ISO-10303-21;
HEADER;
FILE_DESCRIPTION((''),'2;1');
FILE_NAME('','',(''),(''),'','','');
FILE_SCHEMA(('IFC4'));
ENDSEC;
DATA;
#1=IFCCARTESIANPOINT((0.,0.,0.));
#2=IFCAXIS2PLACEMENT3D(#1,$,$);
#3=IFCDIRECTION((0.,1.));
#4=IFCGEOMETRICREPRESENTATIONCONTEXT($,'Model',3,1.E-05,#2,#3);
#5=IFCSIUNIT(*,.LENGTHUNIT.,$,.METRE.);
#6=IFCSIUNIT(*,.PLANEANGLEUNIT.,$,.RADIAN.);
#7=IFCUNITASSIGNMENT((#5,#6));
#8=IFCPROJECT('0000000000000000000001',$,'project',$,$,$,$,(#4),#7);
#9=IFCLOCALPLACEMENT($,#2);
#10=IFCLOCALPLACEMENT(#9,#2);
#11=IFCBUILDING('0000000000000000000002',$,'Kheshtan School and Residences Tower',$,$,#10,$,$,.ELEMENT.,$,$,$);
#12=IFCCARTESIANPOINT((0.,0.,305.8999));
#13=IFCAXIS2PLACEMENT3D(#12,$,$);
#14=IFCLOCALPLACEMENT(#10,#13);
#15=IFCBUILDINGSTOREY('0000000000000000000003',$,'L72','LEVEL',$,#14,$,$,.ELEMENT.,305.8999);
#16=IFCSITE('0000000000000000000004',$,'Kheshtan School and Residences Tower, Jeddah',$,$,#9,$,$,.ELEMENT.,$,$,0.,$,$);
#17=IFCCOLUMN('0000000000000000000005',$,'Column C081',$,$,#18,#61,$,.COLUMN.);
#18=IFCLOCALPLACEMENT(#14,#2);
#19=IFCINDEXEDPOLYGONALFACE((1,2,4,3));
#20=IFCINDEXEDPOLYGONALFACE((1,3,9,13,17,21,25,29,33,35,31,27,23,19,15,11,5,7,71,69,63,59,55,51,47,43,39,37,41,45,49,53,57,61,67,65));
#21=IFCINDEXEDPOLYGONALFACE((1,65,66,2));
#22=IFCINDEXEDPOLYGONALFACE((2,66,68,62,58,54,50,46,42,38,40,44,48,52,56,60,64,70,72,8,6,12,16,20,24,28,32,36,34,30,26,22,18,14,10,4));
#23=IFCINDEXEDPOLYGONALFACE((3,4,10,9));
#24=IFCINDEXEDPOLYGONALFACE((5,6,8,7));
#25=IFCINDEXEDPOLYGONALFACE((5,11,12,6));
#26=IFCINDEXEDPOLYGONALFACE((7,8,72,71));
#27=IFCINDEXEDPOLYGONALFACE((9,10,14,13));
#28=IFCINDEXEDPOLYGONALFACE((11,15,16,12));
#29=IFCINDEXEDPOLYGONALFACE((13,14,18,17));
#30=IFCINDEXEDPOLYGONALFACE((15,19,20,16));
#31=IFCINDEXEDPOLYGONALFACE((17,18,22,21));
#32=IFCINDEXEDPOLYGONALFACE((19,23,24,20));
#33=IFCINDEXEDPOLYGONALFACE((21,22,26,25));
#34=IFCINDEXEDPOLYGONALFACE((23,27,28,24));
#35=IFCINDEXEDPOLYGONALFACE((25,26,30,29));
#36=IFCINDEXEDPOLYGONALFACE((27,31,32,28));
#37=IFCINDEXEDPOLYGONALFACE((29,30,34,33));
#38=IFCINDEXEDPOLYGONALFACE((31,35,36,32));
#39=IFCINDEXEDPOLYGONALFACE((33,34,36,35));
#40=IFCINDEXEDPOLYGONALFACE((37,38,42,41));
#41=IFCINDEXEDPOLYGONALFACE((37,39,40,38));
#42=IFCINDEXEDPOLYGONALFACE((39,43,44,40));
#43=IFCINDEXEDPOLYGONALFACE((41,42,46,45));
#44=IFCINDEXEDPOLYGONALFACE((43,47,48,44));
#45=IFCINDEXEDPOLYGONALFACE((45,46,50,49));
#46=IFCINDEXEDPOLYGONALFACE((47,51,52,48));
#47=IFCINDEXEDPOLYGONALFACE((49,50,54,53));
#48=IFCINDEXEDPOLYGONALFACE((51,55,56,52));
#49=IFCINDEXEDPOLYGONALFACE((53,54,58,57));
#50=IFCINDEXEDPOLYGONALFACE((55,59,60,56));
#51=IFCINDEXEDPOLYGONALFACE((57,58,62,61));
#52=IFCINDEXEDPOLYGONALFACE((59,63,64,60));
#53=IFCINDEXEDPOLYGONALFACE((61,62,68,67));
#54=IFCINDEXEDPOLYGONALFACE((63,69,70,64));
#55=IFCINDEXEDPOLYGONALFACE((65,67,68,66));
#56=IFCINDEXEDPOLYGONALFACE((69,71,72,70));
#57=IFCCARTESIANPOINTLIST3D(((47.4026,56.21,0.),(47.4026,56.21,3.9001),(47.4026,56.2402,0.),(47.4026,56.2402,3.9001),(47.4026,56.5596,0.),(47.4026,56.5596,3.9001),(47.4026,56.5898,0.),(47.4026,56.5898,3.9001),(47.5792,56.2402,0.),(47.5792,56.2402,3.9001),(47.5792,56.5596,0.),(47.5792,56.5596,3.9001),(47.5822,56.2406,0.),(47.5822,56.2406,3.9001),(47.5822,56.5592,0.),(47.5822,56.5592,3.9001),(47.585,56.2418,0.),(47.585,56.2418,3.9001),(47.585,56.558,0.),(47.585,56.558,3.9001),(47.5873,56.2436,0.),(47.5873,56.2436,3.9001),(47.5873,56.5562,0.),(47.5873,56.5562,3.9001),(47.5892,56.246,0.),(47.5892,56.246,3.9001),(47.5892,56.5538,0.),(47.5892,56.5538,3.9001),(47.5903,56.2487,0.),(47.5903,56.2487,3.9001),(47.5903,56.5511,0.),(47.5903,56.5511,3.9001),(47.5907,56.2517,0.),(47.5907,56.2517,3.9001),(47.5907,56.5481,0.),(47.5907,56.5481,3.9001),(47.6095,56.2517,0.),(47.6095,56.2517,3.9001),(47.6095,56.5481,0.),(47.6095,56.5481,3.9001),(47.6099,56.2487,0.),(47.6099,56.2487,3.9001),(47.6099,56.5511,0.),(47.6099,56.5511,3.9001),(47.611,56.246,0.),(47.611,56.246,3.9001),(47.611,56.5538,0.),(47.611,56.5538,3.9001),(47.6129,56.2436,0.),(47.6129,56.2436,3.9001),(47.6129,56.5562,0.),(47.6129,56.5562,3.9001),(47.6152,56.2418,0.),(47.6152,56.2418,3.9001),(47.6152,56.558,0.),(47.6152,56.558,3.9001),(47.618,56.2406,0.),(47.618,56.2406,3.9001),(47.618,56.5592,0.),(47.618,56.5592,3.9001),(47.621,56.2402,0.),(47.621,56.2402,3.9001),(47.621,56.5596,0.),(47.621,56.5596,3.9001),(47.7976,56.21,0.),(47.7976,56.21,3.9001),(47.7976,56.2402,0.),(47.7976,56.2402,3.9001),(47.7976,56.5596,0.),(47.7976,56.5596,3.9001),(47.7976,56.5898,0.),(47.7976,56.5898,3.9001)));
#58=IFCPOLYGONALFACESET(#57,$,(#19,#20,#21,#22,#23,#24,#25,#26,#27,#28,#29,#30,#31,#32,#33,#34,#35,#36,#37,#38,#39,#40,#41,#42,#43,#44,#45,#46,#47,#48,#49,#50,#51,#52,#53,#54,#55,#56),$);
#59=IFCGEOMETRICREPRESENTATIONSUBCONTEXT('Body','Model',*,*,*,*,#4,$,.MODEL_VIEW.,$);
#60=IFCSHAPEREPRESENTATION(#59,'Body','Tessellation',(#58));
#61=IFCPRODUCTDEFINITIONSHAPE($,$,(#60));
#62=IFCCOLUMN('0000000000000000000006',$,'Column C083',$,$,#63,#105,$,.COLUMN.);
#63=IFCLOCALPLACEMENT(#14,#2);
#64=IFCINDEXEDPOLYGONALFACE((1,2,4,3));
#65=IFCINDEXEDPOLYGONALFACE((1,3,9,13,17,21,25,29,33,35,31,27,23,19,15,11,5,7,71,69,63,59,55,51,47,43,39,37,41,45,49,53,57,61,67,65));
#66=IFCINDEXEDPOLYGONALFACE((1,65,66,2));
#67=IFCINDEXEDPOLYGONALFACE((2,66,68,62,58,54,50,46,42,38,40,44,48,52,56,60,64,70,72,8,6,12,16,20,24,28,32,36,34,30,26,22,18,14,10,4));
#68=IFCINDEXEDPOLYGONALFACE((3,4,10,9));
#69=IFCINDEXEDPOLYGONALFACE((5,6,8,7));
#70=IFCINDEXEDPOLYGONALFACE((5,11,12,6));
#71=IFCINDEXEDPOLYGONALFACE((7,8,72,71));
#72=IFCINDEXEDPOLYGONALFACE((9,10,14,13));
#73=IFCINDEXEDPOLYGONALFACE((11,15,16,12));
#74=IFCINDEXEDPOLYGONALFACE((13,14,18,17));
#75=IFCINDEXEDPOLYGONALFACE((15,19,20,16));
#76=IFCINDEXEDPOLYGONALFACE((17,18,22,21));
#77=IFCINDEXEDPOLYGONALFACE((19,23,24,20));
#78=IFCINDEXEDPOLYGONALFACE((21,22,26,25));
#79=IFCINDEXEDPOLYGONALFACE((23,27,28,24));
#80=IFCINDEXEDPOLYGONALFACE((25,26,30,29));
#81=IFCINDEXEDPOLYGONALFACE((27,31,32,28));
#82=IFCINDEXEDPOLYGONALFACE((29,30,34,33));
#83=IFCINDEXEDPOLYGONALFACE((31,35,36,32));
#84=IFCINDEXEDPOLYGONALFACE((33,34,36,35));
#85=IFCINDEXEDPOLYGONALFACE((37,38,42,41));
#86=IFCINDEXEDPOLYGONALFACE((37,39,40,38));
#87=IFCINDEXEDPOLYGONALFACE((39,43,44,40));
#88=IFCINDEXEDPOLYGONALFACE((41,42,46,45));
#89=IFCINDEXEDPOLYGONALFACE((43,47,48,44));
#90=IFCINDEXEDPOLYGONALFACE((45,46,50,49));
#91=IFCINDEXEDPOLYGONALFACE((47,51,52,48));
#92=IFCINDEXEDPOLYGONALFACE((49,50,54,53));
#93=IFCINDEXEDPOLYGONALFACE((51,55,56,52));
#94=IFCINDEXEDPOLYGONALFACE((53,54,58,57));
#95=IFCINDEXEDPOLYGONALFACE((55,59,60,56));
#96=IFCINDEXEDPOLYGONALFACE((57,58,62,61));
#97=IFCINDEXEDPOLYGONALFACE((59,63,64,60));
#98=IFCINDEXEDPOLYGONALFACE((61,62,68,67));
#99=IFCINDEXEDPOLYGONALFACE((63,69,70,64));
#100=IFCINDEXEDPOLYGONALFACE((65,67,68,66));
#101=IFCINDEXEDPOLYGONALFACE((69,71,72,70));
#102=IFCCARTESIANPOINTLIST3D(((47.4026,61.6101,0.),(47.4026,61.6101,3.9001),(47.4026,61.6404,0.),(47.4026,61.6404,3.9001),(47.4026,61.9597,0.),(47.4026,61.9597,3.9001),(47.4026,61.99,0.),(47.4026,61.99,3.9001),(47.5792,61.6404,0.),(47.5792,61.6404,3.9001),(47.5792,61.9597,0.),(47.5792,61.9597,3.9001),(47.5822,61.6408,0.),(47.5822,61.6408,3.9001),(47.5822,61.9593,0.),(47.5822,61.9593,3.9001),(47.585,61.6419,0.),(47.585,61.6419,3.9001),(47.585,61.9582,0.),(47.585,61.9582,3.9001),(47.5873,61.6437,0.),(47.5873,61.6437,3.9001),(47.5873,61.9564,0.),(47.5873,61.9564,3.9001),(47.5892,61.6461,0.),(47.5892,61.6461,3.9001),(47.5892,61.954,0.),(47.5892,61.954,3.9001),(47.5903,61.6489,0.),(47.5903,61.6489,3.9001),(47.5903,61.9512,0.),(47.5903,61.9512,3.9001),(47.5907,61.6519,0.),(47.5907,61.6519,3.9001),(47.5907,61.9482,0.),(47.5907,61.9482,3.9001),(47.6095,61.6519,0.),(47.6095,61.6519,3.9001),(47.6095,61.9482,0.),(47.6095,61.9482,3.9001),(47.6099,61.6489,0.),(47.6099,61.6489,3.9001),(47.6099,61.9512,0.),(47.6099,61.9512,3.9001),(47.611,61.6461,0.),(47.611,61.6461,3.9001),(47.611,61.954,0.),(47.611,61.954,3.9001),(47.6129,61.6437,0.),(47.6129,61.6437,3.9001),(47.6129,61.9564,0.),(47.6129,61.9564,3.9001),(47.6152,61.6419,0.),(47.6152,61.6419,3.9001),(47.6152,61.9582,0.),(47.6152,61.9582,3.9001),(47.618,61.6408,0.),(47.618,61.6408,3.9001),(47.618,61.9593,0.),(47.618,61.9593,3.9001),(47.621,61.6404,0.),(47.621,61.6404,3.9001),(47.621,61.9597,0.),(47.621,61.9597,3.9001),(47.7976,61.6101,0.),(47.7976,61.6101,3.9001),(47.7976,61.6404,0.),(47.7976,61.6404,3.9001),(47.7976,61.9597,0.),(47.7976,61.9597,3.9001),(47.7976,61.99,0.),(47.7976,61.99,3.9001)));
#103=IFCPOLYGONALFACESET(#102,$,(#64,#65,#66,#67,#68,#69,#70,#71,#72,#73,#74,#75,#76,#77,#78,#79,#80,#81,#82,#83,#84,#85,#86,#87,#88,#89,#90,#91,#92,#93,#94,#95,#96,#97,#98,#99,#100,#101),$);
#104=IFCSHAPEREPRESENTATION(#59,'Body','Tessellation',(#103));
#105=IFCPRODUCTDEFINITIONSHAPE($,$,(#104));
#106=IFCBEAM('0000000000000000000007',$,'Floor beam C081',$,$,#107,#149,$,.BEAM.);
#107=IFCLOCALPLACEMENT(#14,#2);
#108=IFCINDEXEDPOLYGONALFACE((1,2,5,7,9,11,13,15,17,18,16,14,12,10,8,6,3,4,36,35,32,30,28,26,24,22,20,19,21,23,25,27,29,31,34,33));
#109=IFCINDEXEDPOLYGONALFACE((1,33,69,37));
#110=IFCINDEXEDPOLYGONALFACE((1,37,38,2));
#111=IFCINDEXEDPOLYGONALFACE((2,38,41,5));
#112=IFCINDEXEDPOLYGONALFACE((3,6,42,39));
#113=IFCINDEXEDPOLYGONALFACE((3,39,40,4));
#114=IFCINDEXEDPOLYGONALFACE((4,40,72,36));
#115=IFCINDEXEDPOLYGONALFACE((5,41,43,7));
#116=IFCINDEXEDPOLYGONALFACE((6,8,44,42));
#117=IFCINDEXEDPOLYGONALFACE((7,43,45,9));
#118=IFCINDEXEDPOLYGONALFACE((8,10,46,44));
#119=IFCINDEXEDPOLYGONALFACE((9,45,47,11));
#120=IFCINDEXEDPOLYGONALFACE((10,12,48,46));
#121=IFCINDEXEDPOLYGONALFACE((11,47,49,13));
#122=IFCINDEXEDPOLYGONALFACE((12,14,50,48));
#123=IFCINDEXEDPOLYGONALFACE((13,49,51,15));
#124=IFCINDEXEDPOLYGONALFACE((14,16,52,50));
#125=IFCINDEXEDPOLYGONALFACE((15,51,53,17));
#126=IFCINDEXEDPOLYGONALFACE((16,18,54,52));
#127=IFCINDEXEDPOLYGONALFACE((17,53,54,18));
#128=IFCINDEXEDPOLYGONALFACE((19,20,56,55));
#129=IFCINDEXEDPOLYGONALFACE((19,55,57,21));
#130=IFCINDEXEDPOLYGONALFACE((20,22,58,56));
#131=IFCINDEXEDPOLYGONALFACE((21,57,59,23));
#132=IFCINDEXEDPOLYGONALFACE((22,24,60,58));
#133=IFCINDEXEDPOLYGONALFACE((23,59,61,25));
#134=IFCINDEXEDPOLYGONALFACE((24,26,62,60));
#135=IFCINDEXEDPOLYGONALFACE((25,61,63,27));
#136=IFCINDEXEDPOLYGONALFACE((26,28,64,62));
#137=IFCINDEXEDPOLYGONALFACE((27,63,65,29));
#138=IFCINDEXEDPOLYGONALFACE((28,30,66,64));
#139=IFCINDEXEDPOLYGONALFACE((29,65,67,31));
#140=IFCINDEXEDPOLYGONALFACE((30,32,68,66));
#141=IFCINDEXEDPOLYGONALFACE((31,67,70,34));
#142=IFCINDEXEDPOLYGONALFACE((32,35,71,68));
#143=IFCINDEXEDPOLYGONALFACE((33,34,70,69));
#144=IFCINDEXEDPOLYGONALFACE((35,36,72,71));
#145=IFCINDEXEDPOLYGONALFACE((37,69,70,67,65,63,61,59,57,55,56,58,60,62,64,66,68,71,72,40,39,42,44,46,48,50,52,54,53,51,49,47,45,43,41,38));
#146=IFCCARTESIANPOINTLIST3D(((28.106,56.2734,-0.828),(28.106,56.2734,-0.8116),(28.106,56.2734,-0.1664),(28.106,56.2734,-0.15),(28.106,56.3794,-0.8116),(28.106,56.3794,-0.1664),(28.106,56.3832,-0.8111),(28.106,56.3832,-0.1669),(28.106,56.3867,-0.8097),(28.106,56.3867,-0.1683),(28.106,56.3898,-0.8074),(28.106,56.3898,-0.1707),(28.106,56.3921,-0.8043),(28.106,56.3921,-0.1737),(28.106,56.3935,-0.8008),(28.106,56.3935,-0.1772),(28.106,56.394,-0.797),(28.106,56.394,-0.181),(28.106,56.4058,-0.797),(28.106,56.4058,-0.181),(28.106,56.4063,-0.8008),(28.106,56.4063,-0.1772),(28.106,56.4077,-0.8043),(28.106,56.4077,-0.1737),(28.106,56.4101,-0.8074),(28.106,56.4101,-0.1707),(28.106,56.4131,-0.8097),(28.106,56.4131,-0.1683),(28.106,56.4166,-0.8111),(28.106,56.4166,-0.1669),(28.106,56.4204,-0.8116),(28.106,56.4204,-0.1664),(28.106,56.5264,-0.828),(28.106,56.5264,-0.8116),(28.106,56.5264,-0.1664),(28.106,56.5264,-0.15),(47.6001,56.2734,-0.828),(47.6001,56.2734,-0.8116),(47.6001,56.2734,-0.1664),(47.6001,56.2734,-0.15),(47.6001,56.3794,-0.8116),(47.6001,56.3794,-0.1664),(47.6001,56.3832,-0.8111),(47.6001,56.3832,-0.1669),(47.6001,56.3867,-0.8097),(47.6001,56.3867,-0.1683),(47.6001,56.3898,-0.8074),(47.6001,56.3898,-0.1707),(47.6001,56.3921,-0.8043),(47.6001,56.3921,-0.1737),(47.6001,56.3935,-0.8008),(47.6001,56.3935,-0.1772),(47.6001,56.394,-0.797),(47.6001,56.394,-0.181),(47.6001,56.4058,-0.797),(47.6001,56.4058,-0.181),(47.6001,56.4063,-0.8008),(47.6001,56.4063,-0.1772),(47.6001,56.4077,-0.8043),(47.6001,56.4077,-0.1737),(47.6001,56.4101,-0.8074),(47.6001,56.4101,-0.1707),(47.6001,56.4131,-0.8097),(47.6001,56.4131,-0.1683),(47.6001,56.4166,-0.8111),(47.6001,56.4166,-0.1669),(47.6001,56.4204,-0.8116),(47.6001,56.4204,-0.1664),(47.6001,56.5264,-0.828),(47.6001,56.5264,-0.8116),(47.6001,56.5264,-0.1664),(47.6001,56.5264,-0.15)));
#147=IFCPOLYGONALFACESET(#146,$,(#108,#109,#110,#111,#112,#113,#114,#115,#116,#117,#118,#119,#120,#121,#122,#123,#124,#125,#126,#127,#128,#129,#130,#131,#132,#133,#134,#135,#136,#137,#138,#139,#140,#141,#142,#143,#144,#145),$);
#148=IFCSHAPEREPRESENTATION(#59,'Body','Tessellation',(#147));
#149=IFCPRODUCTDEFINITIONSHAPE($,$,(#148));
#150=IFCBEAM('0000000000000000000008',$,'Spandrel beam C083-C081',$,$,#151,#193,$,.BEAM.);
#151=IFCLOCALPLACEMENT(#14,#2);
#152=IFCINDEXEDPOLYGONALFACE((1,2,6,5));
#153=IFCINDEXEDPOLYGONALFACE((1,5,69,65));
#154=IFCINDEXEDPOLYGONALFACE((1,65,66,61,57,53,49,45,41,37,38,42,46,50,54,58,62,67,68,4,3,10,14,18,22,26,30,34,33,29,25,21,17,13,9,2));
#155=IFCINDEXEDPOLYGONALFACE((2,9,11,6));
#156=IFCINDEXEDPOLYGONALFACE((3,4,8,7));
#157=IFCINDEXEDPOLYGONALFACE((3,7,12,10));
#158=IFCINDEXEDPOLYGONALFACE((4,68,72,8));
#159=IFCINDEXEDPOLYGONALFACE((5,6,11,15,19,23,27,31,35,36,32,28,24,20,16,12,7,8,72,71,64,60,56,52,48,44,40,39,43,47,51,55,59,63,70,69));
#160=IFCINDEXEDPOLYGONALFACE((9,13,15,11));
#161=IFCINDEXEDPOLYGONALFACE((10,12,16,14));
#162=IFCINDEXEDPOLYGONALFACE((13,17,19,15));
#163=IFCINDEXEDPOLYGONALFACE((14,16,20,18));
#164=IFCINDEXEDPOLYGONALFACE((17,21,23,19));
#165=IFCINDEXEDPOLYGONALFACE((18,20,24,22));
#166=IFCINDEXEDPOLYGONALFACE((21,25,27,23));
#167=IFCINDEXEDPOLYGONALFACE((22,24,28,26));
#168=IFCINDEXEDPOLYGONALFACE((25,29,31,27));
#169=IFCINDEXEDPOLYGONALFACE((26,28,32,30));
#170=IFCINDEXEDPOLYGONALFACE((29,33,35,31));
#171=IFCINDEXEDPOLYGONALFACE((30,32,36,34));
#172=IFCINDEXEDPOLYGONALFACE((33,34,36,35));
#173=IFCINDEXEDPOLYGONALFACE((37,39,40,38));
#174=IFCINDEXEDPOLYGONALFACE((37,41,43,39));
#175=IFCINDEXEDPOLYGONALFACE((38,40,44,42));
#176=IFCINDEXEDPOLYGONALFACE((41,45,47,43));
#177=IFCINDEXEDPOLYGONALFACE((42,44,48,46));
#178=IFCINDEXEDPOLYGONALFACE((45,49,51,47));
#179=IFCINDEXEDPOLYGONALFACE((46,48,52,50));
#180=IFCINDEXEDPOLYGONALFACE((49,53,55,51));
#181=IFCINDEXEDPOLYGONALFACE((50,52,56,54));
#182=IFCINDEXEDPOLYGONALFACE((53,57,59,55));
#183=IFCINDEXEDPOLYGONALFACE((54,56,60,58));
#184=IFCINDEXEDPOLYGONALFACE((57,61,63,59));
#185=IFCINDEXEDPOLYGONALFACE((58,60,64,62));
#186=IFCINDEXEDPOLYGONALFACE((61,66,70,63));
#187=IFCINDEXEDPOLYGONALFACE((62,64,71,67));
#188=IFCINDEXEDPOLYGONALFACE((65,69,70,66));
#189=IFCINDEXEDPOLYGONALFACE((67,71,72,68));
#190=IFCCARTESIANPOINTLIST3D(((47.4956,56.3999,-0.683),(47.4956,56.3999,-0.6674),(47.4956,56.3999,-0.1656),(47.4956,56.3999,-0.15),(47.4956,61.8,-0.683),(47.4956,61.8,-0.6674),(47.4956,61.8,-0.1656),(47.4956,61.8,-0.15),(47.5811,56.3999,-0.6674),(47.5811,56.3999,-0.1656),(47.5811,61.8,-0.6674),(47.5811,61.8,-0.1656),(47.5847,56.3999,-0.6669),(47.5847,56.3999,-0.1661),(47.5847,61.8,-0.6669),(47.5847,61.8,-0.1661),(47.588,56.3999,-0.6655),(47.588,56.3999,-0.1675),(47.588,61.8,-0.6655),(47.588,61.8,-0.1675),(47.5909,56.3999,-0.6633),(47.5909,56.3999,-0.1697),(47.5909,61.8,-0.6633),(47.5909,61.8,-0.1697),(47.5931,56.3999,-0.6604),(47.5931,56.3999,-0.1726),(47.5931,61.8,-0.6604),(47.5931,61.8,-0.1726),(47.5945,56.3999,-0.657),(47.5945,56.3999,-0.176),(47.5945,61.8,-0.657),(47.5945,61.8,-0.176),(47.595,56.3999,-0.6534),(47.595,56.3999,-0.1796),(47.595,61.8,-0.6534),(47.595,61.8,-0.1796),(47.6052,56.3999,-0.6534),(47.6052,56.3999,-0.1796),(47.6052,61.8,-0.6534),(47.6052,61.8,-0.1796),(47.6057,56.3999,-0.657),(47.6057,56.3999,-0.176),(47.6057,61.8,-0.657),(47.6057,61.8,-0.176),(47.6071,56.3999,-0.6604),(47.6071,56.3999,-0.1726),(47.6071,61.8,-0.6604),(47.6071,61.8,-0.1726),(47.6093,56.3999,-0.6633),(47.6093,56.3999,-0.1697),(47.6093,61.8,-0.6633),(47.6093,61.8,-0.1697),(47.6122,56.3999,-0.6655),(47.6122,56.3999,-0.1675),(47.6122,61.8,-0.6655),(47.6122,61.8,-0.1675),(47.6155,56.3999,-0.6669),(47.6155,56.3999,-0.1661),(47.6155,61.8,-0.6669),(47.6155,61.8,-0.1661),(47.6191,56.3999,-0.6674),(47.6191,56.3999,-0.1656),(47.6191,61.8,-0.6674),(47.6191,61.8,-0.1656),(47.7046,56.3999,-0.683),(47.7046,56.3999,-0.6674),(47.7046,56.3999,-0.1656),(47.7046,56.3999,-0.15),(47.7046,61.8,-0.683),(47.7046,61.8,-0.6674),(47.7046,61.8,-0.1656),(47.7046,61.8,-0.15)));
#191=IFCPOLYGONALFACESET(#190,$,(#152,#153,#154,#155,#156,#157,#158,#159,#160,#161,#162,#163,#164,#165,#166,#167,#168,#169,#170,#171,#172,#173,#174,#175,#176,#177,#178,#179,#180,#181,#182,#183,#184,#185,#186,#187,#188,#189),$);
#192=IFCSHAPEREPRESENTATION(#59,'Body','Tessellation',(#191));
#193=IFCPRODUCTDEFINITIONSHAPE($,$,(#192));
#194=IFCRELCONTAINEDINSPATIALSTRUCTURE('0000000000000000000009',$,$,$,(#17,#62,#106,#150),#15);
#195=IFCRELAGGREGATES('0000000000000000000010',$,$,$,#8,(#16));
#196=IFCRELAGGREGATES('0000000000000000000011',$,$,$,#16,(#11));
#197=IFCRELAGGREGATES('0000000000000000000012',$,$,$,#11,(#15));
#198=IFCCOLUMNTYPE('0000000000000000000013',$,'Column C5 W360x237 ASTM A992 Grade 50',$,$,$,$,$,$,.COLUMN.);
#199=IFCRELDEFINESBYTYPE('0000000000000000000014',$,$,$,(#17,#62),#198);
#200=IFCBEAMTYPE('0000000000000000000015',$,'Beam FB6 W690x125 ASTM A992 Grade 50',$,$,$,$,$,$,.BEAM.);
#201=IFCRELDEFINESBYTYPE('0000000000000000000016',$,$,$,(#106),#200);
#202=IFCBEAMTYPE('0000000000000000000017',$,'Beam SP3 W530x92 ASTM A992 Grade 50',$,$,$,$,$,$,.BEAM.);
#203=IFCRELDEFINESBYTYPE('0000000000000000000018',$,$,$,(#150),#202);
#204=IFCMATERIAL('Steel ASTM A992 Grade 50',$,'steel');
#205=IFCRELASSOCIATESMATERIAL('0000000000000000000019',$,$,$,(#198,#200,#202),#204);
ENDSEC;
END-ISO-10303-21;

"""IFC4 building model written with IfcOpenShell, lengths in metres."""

from ifc_helpers import new_model, si_unit, direction, frame, origin, origin_2d, place, context, subcontext, project, spatial, i_section, extrude, material, material_profile, profile_set, type_object, element, save


model = new_model("IFC4")

# Units and contexts
model_context = context("Model", 3, precision=1e-05, world=origin(), true_north=direction((0.0, 1.0)))
body_context = subcontext(model_context, "Body", "Model", "MODEL_VIEW")
ifc_project = project(units=[si_unit("LENGTHUNIT", "METRE"), si_unit("PLANEANGLEUNIT", "RADIAN")], contexts=[model_context])

# Site, building, storey
site_placement = place(None, origin())
site = spatial("IfcSite", under=ifc_project, at=site_placement, Name="Kheshtan School and Residences Tower, Jeddah", CompositionType="ELEMENT", RefElevation=0.0)
building_placement = place(site_placement, origin())
building = spatial("IfcBuilding", under=site, at=building_placement, Name="Kheshtan School and Residences Tower", CompositionType="ELEMENT")
storey_placement = place(building_placement, frame((0.0, 0.0, 305.8999)))
storey = spatial("IfcBuildingStorey", under=building, at=storey_placement, Name="L72", Description="LEVEL", CompositionType="ELEMENT", Elevation=305.8999)

# Columns
ifc_material_1 = material(Name="Steel ASTM A992 Grade 50", Category="steel")
ifc_material_profile_1 = material_profile(ifc_material_1, i_section(OverallWidth=0.395, OverallDepth=0.3799, WebThickness=0.0188, FlangeThickness=0.0303, FilletRadius=0.0115, at=origin_2d()), Name="W360x237")
ifc_profile_set_1 = profile_set([ifc_material_profile_1], Name="Steel ASTM A992 Grade 50")
column_type = type_object("IfcColumnType", Name="Column C5 W360x237 ASTM A992 Grade 50", PredefinedType="COLUMN", material=ifc_profile_set_1)
for number, where, z_axis, x_axis, name in (
    (1, (47.6001, 56.3999, 0.0), (0.0, 0.0, 1.0), (1.0, 0.0, 0.0), "Column C081"),
    (2, (47.6001, 61.8, 0.0), (0.0, 0.0, 1.0), (1.0, 0.0, 0.0), "Column C083"),
):
    element("IfcColumn", number, at=place(storey_placement, frame(where, z_axis=z_axis, x_axis=x_axis)), inside=storey, type_object=column_type, Name=name, PredefinedType="COLUMN", context=body_context, shape_type="SweptSolid", body=[
        extrude(i_section(OverallWidth=0.395, OverallDepth=0.3799, WebThickness=0.0188, FlangeThickness=0.0303, FilletRadius=0.0115, at=origin_2d()), origin(), (0.0, 0.0, 1.0), 3.9001),
    ])

# Beams
ifc_material_profile_2 = material_profile(ifc_material_1, i_section(OverallWidth=0.2529, OverallDepth=0.678, WebThickness=0.0117, FlangeThickness=0.0164, FilletRadius=0.0146, at=origin_2d()), Name="W690x125")
ifc_profile_set_2 = profile_set([ifc_material_profile_2], Name="Steel ASTM A992 Grade 50")
beam_type_1 = type_object("IfcBeamType", Name="Beam FB6 W690x125 ASTM A992 Grade 50", PredefinedType="BEAM", material=ifc_profile_set_2)
beam_1_placement = place(storey_placement, frame((47.6001, 56.3999, -0.489), z_axis=(-1.0, 0.0, 0.0), x_axis=(0.0, -1.0, 0.0)))
element("IfcBeam", 3, at=beam_1_placement, inside=storey, type_object=beam_type_1, Name="Floor beam C081", PredefinedType="BEAM", context=body_context, shape_type="SweptSolid", body=[
    extrude(i_section(OverallWidth=0.2529, OverallDepth=0.678, WebThickness=0.0117, FlangeThickness=0.0164, FilletRadius=0.0146, at=origin_2d()), origin(), (0.0, 0.0, 1.0), 19.4941),
])
ifc_material_profile_3 = material_profile(ifc_material_1, i_section(OverallWidth=0.209, OverallDepth=0.533, WebThickness=0.0103, FlangeThickness=0.0156, FilletRadius=0.0139, at=origin_2d()), Name="W530x92")
ifc_profile_set_3 = profile_set([ifc_material_profile_3], Name="Steel ASTM A992 Grade 50")
beam_type_2 = type_object("IfcBeamType", Name="Beam SP3 W530x92 ASTM A992 Grade 50", PredefinedType="BEAM", material=ifc_profile_set_3)
beam_2_placement = place(storey_placement, frame((47.6001, 61.8, -0.4165), z_axis=(0.0, -1.0, 0.0), x_axis=(1.0, 0.0, 0.0)))
element("IfcBeam", 4, at=beam_2_placement, inside=storey, type_object=beam_type_2, Name="Spandrel beam C083-C081", PredefinedType="BEAM", context=body_context, shape_type="SweptSolid", body=[
    extrude(i_section(OverallWidth=0.209, OverallDepth=0.533, WebThickness=0.0103, FlangeThickness=0.0156, FilletRadius=0.0139, at=origin_2d()), origin(), (0.0, 0.0, 1.0), 5.4001),
])

save(model, "model.ifc")
